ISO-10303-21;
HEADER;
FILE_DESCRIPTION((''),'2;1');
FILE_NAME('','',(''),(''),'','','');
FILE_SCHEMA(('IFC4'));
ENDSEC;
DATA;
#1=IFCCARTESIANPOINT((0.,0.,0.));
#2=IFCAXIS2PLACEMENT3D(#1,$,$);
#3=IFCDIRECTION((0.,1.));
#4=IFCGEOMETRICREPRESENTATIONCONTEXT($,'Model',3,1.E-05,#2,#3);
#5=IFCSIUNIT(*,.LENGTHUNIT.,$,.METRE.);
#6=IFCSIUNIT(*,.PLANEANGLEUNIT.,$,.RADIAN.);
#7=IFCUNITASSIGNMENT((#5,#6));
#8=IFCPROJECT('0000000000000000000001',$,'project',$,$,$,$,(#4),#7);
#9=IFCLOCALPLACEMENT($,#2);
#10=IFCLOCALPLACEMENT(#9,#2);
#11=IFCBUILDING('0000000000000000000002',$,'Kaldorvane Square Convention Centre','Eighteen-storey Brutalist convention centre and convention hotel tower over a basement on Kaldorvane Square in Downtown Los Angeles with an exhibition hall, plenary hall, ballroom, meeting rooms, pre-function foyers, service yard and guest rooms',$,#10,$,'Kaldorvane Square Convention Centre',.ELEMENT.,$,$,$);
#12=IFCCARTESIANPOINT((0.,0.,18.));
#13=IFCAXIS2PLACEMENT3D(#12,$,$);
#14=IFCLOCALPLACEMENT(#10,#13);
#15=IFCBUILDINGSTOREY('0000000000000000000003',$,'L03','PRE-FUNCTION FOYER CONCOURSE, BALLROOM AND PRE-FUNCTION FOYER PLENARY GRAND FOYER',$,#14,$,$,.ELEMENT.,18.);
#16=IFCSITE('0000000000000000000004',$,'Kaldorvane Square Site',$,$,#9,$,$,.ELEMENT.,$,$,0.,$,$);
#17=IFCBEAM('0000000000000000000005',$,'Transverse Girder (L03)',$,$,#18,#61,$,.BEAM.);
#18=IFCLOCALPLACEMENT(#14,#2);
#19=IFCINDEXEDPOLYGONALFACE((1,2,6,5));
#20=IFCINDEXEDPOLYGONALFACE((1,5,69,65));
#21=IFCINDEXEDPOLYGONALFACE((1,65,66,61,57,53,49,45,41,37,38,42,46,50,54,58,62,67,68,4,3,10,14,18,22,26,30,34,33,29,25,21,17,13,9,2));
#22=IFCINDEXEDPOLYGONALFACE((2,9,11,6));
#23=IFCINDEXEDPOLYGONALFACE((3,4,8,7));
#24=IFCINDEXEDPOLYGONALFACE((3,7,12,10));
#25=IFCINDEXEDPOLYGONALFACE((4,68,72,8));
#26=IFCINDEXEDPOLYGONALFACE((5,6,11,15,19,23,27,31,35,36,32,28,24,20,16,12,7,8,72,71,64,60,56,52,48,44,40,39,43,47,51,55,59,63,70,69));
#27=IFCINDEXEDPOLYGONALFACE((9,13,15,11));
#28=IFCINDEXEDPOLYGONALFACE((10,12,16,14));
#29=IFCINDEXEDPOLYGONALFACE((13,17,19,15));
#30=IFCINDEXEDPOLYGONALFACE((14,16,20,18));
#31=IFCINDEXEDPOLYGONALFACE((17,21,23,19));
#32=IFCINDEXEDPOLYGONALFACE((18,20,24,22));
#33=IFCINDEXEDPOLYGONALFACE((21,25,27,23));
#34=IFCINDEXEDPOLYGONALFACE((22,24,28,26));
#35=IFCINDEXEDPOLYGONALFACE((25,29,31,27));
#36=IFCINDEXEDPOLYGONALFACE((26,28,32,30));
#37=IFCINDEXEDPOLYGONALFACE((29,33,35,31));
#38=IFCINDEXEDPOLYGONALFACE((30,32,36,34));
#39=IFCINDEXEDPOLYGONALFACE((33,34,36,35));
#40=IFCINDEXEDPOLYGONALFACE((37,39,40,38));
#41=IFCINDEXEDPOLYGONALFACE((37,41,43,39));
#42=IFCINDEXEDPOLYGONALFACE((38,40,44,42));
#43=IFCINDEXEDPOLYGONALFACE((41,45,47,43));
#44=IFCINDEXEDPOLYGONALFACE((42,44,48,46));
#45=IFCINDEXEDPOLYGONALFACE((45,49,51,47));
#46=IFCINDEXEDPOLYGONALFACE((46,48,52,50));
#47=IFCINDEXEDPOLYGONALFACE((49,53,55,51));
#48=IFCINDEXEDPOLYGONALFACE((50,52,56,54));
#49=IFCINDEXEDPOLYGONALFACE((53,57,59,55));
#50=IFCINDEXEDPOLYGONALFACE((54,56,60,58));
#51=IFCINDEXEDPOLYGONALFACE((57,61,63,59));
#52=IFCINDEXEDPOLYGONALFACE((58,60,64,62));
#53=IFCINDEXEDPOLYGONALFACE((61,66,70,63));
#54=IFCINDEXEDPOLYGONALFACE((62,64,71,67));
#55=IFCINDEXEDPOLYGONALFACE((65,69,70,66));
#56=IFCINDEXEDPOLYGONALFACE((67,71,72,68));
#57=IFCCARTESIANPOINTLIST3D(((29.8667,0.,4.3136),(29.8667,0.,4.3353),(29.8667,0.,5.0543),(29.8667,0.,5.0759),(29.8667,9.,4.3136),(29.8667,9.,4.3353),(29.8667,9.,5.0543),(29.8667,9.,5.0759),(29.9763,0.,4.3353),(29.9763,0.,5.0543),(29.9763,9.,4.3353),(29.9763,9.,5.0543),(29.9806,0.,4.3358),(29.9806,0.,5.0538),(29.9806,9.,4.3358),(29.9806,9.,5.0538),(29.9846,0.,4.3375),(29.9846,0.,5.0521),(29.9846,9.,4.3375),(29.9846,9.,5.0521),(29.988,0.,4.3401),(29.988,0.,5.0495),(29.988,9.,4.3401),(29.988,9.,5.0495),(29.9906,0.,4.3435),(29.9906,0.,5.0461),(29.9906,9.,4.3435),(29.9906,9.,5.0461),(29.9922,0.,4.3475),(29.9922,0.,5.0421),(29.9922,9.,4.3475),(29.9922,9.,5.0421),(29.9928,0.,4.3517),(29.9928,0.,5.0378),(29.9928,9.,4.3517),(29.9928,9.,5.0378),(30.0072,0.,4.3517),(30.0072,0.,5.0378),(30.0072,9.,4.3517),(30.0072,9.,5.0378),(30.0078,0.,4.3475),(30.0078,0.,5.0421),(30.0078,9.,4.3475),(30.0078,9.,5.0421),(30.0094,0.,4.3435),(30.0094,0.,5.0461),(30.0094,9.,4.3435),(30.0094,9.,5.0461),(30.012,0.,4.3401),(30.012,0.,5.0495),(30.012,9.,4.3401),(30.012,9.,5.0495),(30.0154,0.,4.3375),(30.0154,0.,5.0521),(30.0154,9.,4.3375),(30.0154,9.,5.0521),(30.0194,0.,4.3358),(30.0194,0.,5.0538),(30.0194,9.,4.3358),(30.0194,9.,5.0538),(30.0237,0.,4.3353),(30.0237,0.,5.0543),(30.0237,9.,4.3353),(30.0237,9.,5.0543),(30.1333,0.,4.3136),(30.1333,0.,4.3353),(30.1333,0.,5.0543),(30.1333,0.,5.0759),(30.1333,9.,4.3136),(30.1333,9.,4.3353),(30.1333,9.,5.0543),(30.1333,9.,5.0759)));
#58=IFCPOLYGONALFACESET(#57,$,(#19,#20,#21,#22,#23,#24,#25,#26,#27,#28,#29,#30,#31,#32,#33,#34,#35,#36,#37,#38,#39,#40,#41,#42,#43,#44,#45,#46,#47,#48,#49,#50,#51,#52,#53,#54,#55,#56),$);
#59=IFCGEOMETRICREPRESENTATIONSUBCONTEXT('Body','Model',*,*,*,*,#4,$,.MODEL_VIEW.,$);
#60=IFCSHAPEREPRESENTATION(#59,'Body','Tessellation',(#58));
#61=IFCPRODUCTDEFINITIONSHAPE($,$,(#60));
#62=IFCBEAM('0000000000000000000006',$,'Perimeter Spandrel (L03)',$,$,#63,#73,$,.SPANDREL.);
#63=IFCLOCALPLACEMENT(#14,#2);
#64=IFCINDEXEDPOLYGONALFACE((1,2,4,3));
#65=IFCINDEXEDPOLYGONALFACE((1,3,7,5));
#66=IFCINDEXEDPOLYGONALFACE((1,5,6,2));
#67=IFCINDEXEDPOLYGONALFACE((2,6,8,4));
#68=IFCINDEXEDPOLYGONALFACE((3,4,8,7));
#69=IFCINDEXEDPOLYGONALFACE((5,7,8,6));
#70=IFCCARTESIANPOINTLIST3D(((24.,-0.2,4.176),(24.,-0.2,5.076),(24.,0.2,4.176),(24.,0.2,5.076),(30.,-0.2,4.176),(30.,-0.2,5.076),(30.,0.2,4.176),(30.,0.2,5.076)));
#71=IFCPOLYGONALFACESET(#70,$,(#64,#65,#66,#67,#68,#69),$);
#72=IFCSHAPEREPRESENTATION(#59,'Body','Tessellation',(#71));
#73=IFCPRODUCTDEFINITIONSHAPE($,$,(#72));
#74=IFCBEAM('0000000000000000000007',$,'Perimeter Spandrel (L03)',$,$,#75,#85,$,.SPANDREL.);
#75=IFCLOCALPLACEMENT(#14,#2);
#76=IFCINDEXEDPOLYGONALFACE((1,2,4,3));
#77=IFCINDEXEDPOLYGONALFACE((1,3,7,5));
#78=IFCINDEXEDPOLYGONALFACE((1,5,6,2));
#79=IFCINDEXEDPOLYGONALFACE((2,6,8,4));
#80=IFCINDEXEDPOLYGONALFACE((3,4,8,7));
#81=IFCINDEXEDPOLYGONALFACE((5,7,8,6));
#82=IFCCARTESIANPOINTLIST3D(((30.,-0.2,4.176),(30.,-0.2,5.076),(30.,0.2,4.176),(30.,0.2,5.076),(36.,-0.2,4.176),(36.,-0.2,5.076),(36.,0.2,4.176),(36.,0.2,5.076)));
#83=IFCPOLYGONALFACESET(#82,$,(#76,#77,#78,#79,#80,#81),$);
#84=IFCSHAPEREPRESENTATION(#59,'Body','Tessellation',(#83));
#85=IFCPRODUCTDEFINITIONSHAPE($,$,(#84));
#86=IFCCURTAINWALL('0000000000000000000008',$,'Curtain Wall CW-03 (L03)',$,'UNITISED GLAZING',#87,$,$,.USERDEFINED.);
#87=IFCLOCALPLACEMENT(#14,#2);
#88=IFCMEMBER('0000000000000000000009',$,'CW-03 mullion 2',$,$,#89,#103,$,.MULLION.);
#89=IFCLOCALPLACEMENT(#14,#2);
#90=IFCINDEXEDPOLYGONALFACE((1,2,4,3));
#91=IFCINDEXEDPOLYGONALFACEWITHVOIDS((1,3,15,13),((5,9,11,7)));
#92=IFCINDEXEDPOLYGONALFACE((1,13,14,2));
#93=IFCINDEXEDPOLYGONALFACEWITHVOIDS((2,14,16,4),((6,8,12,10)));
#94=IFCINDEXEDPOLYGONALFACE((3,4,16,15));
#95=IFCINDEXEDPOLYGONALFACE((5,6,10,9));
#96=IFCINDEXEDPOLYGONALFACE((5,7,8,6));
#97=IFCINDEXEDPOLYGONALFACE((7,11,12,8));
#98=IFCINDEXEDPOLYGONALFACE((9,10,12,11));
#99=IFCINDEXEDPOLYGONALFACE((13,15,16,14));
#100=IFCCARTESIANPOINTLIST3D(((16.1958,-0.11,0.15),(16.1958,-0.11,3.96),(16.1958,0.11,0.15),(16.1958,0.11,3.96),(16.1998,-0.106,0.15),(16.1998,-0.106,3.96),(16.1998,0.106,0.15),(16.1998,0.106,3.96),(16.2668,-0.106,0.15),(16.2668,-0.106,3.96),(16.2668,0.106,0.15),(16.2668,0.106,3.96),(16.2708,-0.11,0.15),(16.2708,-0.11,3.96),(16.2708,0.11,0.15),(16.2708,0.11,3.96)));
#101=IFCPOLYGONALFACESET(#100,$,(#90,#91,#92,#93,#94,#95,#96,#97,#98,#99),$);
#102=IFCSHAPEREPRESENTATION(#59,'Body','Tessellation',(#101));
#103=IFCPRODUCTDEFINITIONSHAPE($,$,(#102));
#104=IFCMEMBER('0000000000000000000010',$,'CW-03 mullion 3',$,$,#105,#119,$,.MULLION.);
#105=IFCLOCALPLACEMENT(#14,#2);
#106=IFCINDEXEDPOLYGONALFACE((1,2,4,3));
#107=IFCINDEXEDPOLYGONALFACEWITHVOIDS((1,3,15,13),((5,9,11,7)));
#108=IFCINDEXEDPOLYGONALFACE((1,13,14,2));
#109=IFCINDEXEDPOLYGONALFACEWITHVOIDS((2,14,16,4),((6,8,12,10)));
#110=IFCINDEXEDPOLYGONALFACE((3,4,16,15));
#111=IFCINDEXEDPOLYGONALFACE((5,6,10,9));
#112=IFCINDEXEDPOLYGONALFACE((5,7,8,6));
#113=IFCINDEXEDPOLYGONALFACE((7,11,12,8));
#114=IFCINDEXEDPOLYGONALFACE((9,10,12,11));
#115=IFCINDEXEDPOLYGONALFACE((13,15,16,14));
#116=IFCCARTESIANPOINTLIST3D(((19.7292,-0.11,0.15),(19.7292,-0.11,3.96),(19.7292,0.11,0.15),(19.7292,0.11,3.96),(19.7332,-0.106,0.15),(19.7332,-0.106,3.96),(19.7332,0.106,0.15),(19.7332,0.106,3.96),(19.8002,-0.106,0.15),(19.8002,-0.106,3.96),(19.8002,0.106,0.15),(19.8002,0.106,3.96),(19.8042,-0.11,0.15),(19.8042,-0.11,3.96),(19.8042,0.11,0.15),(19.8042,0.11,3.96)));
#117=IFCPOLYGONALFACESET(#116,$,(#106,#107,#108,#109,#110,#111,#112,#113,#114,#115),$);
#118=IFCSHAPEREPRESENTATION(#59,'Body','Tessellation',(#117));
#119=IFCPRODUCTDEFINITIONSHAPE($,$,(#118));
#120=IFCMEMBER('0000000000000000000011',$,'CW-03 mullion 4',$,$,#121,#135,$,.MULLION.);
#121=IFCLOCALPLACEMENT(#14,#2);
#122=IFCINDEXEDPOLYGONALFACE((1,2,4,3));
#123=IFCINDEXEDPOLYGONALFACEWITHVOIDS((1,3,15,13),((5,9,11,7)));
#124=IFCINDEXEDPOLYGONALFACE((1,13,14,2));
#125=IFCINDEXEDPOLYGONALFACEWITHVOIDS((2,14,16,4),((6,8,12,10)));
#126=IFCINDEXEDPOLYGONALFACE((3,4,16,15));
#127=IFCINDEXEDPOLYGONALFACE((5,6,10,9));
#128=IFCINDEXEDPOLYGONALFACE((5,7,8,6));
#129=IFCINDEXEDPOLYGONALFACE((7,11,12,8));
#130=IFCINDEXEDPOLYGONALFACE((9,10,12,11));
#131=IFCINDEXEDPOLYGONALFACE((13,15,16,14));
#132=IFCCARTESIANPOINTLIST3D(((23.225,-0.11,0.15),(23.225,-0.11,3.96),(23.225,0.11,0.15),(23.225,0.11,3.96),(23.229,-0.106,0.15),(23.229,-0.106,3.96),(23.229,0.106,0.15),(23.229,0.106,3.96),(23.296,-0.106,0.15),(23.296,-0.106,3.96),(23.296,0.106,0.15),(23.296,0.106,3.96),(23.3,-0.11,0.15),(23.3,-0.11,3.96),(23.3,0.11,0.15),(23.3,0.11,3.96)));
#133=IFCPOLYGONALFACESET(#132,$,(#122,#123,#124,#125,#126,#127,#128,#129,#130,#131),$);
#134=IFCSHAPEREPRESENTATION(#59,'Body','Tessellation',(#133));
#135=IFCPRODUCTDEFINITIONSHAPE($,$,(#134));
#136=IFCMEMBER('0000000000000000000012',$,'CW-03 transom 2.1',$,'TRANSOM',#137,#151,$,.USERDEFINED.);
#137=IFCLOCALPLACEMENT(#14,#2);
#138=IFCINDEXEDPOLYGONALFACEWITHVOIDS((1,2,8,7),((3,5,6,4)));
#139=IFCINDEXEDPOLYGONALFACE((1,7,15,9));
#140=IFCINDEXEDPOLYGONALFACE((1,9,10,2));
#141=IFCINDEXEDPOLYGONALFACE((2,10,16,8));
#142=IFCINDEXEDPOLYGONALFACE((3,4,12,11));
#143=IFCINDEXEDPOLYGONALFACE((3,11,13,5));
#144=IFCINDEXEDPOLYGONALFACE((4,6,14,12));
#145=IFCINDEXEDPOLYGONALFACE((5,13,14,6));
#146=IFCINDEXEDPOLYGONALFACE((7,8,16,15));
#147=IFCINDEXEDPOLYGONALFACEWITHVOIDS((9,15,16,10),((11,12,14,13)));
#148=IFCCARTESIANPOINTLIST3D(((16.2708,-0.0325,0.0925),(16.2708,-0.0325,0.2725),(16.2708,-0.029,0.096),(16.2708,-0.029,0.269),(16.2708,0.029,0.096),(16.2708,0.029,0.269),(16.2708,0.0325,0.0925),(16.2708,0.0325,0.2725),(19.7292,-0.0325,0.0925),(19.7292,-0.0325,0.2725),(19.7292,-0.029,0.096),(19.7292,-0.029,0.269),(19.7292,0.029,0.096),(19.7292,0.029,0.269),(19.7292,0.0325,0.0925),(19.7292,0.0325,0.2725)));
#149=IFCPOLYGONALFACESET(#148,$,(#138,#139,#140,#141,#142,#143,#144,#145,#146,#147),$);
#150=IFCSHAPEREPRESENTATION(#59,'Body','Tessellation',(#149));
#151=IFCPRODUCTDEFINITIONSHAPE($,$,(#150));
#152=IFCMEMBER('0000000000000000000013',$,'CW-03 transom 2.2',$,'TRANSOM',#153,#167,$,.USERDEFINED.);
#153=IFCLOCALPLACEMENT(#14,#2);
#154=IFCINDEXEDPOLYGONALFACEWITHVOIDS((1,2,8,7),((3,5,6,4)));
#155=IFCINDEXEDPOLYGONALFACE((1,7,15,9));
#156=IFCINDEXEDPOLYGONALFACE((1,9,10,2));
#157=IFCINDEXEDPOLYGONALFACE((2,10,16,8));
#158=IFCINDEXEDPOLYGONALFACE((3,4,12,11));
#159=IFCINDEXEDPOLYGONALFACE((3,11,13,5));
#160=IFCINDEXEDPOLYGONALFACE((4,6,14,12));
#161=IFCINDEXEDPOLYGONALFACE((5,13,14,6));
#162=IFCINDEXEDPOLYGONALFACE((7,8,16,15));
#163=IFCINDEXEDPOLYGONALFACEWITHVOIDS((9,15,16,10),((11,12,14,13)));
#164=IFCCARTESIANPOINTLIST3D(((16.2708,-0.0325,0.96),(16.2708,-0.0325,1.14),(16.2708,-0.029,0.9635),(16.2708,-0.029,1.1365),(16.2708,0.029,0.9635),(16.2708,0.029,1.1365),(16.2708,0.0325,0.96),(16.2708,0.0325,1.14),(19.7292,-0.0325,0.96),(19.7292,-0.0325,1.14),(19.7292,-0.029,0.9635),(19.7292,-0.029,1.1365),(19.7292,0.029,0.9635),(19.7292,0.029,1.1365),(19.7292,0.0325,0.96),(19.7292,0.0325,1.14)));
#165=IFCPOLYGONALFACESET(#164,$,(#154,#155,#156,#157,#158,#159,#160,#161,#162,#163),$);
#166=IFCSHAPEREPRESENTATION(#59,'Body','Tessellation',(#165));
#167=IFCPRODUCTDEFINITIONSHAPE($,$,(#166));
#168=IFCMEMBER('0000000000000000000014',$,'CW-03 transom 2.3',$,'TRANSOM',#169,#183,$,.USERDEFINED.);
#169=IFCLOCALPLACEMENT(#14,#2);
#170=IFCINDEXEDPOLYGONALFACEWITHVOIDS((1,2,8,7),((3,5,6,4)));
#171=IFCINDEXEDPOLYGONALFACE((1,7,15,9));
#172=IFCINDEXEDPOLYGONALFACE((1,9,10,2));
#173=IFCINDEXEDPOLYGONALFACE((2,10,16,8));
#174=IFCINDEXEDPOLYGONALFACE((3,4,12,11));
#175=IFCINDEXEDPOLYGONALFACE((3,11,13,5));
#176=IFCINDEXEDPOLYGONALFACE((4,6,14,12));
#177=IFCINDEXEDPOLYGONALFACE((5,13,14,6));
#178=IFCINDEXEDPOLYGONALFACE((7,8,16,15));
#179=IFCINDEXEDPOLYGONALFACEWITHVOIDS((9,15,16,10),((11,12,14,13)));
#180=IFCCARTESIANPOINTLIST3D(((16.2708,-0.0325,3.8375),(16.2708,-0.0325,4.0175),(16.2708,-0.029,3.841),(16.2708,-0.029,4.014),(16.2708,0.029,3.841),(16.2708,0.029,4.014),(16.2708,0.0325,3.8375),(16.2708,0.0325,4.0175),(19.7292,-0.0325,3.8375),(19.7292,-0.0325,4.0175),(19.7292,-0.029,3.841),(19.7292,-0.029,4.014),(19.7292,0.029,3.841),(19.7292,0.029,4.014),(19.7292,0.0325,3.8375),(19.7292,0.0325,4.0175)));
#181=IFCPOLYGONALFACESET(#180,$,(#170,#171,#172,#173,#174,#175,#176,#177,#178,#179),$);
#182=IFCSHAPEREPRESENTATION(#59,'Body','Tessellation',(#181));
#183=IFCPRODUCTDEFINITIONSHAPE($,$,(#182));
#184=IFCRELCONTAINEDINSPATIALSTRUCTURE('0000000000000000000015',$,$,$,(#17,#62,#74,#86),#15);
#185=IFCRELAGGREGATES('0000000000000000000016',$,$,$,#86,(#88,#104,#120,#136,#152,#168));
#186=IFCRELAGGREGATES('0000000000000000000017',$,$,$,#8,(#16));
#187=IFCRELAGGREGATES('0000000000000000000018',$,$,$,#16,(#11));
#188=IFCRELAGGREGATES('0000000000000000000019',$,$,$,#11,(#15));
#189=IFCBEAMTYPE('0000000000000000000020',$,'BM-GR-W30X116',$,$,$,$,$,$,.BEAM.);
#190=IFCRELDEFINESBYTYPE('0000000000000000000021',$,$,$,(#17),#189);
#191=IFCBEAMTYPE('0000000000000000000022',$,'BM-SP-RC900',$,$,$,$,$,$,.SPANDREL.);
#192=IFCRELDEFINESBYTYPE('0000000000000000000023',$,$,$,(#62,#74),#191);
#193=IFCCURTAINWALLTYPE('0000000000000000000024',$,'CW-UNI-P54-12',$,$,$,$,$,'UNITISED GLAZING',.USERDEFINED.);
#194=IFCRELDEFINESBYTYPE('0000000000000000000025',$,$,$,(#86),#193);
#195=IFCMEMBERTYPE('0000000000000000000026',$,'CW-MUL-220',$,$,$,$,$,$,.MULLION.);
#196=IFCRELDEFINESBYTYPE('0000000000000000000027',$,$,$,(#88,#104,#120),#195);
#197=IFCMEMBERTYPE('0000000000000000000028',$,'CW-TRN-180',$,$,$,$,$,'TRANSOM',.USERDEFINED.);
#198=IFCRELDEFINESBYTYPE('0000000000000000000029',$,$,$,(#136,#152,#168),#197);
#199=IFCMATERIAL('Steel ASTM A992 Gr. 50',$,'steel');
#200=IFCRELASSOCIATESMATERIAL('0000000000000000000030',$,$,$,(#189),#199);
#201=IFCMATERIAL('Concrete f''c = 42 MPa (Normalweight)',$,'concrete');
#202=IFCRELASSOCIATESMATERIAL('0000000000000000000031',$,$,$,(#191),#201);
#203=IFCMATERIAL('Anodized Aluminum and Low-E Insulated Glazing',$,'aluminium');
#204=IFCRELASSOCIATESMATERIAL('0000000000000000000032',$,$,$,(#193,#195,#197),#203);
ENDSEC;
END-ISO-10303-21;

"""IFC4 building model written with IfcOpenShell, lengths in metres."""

from ifc_helpers import new_model, si_unit, direction, frame, origin, origin_2d, place, context, subcontext, project, spatial, rectangle, hollow_rectangle, i_section, extrude, material, material_profile, profile_set, type_object, element, aggregate, save


model = new_model("IFC4")

# Units and contexts
model_context = context("Model", 3, precision=1e-05, world=origin(), true_north=direction((0.0, 1.0)))
body_context = subcontext(model_context, "Body", "Model", "MODEL_VIEW")
ifc_project = project(units=[si_unit("LENGTHUNIT", "METRE"), si_unit("PLANEANGLEUNIT", "RADIAN")], contexts=[model_context])

# Site, building, storey
site_placement = place(None, origin())
site = spatial("IfcSite", under=ifc_project, at=site_placement, Name="Kaldorvane Square Site", CompositionType="ELEMENT", RefElevation=0.0)
building_placement = place(site_placement, origin())
building = spatial("IfcBuilding", under=site, at=building_placement, Name="Kaldorvane Square Convention Centre", Description="Eighteen-storey Brutalist convention centre and convention hotel tower over a basement on Kaldorvane Square in Downtown Los Angeles with an exhibition hall, plenary hall, ballroom, meeting rooms, pre-function foyers, service yard and guest rooms", LongName="Kaldorvane Square Convention Centre", CompositionType="ELEMENT")
storey_placement = place(building_placement, frame((0.0, 0.0, 18.0)))
storey = spatial("IfcBuildingStorey", under=building, at=storey_placement, Name="L03", Description="PRE-FUNCTION FOYER CONCOURSE, BALLROOM AND PRE-FUNCTION FOYER PLENARY GRAND FOYER", CompositionType="ELEMENT", Elevation=18.0)

# Shared definitions
ifc_material_1 = material(Name="Steel ASTM A992 Gr. 50", Category="steel")

# Beams
ifc_material_profile_1 = material_profile(ifc_material_1, i_section(OverallWidth=0.2666, OverallDepth=0.7623, WebThickness=0.0144, FlangeThickness=0.0216, FilletRadius=0.0165, at=origin_2d()), Name="W30X116")
ifc_profile_set_1 = profile_set([ifc_material_profile_1], Name="Steel ASTM A992 Gr. 50")
beam_type_1 = type_object("IfcBeamType", Name="BM-GR-W30X116", PredefinedType="BEAM", material=ifc_profile_set_1)
for number, where, z_axis, x_axis, name in (
    (1, (30.0, 0.0, 4.6948), (0.0, 1.0, 0.0), (-1.0, 0.0, 0.0), "Transverse Girder (L03)"),
):
    element("IfcBeam", number, at=place(storey_placement, frame(where, z_axis=z_axis, x_axis=x_axis)), inside=storey, type_object=beam_type_1, Name=name, PredefinedType="BEAM", context=body_context, shape_type="SweptSolid", body=[
        extrude(i_section(OverallWidth=0.2666, OverallDepth=0.7623, WebThickness=0.0144, FlangeThickness=0.0216, FilletRadius=0.0165, at=origin_2d()), origin(), (0.0, 0.0, 1.0), 9.0),
    ])
ifc_material_2 = material(Name="Concrete f'c = 42 MPa (Normalweight)", Category="concrete")
ifc_material_profile_2 = material_profile(ifc_material_2, rectangle(XDim=0.4, YDim=0.9, at=origin_2d()), Name="RCSP900X400")
ifc_profile_set_2 = profile_set([ifc_material_profile_2], Name="Concrete f'c = 42 MPa (Normalweight)")
beam_type_2 = type_object("IfcBeamType", Name="BM-SP-RC900", PredefinedType="SPANDREL", material=ifc_profile_set_2)
for number, where, z_axis, x_axis, name in (
    (2, (24.0, 0.0, 4.626), (1.0, 0.0, 0.0), (0.0, 1.0, 0.0), "Perimeter Spandrel (L03)"),
    (3, (30.0, 0.0, 4.626), (1.0, 0.0, 0.0), (0.0, 1.0, 0.0), "Perimeter Spandrel (L03)"),
):
    element("IfcBeam", number, at=place(storey_placement, frame(where, z_axis=z_axis, x_axis=x_axis)), inside=storey, type_object=beam_type_2, Name=name, PredefinedType="SPANDREL", context=body_context, shape_type="SweptSolid", body=[
        extrude(rectangle(XDim=0.4, YDim=0.9, at=origin_2d()), origin(), (0.0, 0.0, 1.0), 6.0),
    ])

# Curtain wall, members
ifc_material_3 = material(Name="Anodized Aluminum and Low-E Insulated Glazing", Category="aluminium")
curtain_wall_type = type_object("IfcCurtainWallType", Name="CW-UNI-P54-12", ElementType="UNITISED GLAZING", PredefinedType="USERDEFINED", material=ifc_material_3)
curtain_wall_placement = place(storey_placement, origin())
curtain_wall = element("IfcCurtainWall", 4, at=curtain_wall_placement, inside=storey, type_object=curtain_wall_type, Name="Curtain Wall CW-03 (L03)", ObjectType="UNITISED GLAZING", PredefinedType="USERDEFINED")
ifc_material_profile_3 = material_profile(ifc_material_3, hollow_rectangle(XDim=0.075, YDim=0.22, WallThickness=0.004, at=origin_2d()), Name="CWM-220X75")
ifc_profile_set_3 = profile_set([ifc_material_profile_3], Name="Anodized Aluminum and Low-E Insulated Glazing")
member_type_1 = type_object("IfcMemberType", Name="CW-MUL-220", PredefinedType="MULLION", material=ifc_profile_set_3)
member_1_placement = place(storey_placement, frame((16.2333, 0.0, 0.15), z_axis=(0.0, 0.0, 1.0), x_axis=(1.0, 0.0, 0.0)))
member_1 = element("IfcMember", 5, at=member_1_placement, type_object=member_type_1, Name="CW-03 mullion 2", PredefinedType="MULLION", context=body_context, shape_type="SweptSolid", body=[
    extrude(hollow_rectangle(XDim=0.075, YDim=0.22, WallThickness=0.004, at=origin_2d()), origin(), (0.0, 0.0, 1.0), 3.81),
])
member_2_placement = place(storey_placement, frame((19.7667, 0.0, 0.15), z_axis=(0.0, 0.0, 1.0), x_axis=(1.0, 0.0, 0.0)))
member_2 = element("IfcMember", 6, at=member_2_placement, type_object=member_type_1, Name="CW-03 mullion 3", PredefinedType="MULLION", context=body_context, shape_type="SweptSolid", body=[
    extrude(hollow_rectangle(XDim=0.075, YDim=0.22, WallThickness=0.004, at=origin_2d()), origin(), (0.0, 0.0, 1.0), 3.81),
])
member_3_placement = place(storey_placement, frame((23.2625, 0.0, 0.15), z_axis=(0.0, 0.0, 1.0), x_axis=(1.0, 0.0, 0.0)))
member_3 = element("IfcMember", 7, at=member_3_placement, type_object=member_type_1, Name="CW-03 mullion 4", PredefinedType="MULLION", context=body_context, shape_type="SweptSolid", body=[
    extrude(hollow_rectangle(XDim=0.075, YDim=0.22, WallThickness=0.004, at=origin_2d()), origin(), (0.0, 0.0, 1.0), 3.81),
])
ifc_material_profile_4 = material_profile(ifc_material_3, hollow_rectangle(XDim=0.065, YDim=0.18, WallThickness=0.0035, at=origin_2d()), Name="CWT-180X65")
ifc_profile_set_4 = profile_set([ifc_material_profile_4], Name="Anodized Aluminum and Low-E Insulated Glazing")
member_type_2 = type_object("IfcMemberType", Name="CW-TRN-180", ElementType="TRANSOM", PredefinedType="USERDEFINED", material=ifc_profile_set_4)
member_4_placement = place(storey_placement, frame((16.2708, 0.0, 0.1825), z_axis=(1.0, 0.0, 0.0), x_axis=(0.0, 1.0, 0.0)))
member_4 = element("IfcMember", 8, at=member_4_placement, type_object=member_type_2, Name="CW-03 transom 2.1", ObjectType="TRANSOM", PredefinedType="USERDEFINED", context=body_context, shape_type="SweptSolid", body=[
    extrude(hollow_rectangle(XDim=0.065, YDim=0.18, WallThickness=0.0035, at=origin_2d()), origin(), (0.0, 0.0, 1.0), 3.4583),
])
member_5_placement = place(storey_placement, frame((16.2708, 0.0, 1.05), z_axis=(1.0, 0.0, 0.0), x_axis=(0.0, 1.0, 0.0)))
member_5 = element("IfcMember", 9, at=member_5_placement, type_object=member_type_2, Name="CW-03 transom 2.2", ObjectType="TRANSOM", PredefinedType="USERDEFINED", context=body_context, shape_type="SweptSolid", body=[
    extrude(hollow_rectangle(XDim=0.065, YDim=0.18, WallThickness=0.0035, at=origin_2d()), origin(), (0.0, 0.0, 1.0), 3.4583),
])
member_6_placement = place(storey_placement, frame((16.2708, 0.0, 3.9275), z_axis=(1.0, 0.0, 0.0), x_axis=(0.0, 1.0, 0.0)))
member_6 = element("IfcMember", 10, at=member_6_placement, type_object=member_type_2, Name="CW-03 transom 2.3", ObjectType="TRANSOM", PredefinedType="USERDEFINED", context=body_context, shape_type="SweptSolid", body=[
    extrude(hollow_rectangle(XDim=0.065, YDim=0.18, WallThickness=0.0035, at=origin_2d()), origin(), (0.0, 0.0, 1.0), 3.4583),
])

aggregate(curtain_wall, [member_1, member_2, member_3, member_4, member_5, member_6])

save(model, "model.ifc")
